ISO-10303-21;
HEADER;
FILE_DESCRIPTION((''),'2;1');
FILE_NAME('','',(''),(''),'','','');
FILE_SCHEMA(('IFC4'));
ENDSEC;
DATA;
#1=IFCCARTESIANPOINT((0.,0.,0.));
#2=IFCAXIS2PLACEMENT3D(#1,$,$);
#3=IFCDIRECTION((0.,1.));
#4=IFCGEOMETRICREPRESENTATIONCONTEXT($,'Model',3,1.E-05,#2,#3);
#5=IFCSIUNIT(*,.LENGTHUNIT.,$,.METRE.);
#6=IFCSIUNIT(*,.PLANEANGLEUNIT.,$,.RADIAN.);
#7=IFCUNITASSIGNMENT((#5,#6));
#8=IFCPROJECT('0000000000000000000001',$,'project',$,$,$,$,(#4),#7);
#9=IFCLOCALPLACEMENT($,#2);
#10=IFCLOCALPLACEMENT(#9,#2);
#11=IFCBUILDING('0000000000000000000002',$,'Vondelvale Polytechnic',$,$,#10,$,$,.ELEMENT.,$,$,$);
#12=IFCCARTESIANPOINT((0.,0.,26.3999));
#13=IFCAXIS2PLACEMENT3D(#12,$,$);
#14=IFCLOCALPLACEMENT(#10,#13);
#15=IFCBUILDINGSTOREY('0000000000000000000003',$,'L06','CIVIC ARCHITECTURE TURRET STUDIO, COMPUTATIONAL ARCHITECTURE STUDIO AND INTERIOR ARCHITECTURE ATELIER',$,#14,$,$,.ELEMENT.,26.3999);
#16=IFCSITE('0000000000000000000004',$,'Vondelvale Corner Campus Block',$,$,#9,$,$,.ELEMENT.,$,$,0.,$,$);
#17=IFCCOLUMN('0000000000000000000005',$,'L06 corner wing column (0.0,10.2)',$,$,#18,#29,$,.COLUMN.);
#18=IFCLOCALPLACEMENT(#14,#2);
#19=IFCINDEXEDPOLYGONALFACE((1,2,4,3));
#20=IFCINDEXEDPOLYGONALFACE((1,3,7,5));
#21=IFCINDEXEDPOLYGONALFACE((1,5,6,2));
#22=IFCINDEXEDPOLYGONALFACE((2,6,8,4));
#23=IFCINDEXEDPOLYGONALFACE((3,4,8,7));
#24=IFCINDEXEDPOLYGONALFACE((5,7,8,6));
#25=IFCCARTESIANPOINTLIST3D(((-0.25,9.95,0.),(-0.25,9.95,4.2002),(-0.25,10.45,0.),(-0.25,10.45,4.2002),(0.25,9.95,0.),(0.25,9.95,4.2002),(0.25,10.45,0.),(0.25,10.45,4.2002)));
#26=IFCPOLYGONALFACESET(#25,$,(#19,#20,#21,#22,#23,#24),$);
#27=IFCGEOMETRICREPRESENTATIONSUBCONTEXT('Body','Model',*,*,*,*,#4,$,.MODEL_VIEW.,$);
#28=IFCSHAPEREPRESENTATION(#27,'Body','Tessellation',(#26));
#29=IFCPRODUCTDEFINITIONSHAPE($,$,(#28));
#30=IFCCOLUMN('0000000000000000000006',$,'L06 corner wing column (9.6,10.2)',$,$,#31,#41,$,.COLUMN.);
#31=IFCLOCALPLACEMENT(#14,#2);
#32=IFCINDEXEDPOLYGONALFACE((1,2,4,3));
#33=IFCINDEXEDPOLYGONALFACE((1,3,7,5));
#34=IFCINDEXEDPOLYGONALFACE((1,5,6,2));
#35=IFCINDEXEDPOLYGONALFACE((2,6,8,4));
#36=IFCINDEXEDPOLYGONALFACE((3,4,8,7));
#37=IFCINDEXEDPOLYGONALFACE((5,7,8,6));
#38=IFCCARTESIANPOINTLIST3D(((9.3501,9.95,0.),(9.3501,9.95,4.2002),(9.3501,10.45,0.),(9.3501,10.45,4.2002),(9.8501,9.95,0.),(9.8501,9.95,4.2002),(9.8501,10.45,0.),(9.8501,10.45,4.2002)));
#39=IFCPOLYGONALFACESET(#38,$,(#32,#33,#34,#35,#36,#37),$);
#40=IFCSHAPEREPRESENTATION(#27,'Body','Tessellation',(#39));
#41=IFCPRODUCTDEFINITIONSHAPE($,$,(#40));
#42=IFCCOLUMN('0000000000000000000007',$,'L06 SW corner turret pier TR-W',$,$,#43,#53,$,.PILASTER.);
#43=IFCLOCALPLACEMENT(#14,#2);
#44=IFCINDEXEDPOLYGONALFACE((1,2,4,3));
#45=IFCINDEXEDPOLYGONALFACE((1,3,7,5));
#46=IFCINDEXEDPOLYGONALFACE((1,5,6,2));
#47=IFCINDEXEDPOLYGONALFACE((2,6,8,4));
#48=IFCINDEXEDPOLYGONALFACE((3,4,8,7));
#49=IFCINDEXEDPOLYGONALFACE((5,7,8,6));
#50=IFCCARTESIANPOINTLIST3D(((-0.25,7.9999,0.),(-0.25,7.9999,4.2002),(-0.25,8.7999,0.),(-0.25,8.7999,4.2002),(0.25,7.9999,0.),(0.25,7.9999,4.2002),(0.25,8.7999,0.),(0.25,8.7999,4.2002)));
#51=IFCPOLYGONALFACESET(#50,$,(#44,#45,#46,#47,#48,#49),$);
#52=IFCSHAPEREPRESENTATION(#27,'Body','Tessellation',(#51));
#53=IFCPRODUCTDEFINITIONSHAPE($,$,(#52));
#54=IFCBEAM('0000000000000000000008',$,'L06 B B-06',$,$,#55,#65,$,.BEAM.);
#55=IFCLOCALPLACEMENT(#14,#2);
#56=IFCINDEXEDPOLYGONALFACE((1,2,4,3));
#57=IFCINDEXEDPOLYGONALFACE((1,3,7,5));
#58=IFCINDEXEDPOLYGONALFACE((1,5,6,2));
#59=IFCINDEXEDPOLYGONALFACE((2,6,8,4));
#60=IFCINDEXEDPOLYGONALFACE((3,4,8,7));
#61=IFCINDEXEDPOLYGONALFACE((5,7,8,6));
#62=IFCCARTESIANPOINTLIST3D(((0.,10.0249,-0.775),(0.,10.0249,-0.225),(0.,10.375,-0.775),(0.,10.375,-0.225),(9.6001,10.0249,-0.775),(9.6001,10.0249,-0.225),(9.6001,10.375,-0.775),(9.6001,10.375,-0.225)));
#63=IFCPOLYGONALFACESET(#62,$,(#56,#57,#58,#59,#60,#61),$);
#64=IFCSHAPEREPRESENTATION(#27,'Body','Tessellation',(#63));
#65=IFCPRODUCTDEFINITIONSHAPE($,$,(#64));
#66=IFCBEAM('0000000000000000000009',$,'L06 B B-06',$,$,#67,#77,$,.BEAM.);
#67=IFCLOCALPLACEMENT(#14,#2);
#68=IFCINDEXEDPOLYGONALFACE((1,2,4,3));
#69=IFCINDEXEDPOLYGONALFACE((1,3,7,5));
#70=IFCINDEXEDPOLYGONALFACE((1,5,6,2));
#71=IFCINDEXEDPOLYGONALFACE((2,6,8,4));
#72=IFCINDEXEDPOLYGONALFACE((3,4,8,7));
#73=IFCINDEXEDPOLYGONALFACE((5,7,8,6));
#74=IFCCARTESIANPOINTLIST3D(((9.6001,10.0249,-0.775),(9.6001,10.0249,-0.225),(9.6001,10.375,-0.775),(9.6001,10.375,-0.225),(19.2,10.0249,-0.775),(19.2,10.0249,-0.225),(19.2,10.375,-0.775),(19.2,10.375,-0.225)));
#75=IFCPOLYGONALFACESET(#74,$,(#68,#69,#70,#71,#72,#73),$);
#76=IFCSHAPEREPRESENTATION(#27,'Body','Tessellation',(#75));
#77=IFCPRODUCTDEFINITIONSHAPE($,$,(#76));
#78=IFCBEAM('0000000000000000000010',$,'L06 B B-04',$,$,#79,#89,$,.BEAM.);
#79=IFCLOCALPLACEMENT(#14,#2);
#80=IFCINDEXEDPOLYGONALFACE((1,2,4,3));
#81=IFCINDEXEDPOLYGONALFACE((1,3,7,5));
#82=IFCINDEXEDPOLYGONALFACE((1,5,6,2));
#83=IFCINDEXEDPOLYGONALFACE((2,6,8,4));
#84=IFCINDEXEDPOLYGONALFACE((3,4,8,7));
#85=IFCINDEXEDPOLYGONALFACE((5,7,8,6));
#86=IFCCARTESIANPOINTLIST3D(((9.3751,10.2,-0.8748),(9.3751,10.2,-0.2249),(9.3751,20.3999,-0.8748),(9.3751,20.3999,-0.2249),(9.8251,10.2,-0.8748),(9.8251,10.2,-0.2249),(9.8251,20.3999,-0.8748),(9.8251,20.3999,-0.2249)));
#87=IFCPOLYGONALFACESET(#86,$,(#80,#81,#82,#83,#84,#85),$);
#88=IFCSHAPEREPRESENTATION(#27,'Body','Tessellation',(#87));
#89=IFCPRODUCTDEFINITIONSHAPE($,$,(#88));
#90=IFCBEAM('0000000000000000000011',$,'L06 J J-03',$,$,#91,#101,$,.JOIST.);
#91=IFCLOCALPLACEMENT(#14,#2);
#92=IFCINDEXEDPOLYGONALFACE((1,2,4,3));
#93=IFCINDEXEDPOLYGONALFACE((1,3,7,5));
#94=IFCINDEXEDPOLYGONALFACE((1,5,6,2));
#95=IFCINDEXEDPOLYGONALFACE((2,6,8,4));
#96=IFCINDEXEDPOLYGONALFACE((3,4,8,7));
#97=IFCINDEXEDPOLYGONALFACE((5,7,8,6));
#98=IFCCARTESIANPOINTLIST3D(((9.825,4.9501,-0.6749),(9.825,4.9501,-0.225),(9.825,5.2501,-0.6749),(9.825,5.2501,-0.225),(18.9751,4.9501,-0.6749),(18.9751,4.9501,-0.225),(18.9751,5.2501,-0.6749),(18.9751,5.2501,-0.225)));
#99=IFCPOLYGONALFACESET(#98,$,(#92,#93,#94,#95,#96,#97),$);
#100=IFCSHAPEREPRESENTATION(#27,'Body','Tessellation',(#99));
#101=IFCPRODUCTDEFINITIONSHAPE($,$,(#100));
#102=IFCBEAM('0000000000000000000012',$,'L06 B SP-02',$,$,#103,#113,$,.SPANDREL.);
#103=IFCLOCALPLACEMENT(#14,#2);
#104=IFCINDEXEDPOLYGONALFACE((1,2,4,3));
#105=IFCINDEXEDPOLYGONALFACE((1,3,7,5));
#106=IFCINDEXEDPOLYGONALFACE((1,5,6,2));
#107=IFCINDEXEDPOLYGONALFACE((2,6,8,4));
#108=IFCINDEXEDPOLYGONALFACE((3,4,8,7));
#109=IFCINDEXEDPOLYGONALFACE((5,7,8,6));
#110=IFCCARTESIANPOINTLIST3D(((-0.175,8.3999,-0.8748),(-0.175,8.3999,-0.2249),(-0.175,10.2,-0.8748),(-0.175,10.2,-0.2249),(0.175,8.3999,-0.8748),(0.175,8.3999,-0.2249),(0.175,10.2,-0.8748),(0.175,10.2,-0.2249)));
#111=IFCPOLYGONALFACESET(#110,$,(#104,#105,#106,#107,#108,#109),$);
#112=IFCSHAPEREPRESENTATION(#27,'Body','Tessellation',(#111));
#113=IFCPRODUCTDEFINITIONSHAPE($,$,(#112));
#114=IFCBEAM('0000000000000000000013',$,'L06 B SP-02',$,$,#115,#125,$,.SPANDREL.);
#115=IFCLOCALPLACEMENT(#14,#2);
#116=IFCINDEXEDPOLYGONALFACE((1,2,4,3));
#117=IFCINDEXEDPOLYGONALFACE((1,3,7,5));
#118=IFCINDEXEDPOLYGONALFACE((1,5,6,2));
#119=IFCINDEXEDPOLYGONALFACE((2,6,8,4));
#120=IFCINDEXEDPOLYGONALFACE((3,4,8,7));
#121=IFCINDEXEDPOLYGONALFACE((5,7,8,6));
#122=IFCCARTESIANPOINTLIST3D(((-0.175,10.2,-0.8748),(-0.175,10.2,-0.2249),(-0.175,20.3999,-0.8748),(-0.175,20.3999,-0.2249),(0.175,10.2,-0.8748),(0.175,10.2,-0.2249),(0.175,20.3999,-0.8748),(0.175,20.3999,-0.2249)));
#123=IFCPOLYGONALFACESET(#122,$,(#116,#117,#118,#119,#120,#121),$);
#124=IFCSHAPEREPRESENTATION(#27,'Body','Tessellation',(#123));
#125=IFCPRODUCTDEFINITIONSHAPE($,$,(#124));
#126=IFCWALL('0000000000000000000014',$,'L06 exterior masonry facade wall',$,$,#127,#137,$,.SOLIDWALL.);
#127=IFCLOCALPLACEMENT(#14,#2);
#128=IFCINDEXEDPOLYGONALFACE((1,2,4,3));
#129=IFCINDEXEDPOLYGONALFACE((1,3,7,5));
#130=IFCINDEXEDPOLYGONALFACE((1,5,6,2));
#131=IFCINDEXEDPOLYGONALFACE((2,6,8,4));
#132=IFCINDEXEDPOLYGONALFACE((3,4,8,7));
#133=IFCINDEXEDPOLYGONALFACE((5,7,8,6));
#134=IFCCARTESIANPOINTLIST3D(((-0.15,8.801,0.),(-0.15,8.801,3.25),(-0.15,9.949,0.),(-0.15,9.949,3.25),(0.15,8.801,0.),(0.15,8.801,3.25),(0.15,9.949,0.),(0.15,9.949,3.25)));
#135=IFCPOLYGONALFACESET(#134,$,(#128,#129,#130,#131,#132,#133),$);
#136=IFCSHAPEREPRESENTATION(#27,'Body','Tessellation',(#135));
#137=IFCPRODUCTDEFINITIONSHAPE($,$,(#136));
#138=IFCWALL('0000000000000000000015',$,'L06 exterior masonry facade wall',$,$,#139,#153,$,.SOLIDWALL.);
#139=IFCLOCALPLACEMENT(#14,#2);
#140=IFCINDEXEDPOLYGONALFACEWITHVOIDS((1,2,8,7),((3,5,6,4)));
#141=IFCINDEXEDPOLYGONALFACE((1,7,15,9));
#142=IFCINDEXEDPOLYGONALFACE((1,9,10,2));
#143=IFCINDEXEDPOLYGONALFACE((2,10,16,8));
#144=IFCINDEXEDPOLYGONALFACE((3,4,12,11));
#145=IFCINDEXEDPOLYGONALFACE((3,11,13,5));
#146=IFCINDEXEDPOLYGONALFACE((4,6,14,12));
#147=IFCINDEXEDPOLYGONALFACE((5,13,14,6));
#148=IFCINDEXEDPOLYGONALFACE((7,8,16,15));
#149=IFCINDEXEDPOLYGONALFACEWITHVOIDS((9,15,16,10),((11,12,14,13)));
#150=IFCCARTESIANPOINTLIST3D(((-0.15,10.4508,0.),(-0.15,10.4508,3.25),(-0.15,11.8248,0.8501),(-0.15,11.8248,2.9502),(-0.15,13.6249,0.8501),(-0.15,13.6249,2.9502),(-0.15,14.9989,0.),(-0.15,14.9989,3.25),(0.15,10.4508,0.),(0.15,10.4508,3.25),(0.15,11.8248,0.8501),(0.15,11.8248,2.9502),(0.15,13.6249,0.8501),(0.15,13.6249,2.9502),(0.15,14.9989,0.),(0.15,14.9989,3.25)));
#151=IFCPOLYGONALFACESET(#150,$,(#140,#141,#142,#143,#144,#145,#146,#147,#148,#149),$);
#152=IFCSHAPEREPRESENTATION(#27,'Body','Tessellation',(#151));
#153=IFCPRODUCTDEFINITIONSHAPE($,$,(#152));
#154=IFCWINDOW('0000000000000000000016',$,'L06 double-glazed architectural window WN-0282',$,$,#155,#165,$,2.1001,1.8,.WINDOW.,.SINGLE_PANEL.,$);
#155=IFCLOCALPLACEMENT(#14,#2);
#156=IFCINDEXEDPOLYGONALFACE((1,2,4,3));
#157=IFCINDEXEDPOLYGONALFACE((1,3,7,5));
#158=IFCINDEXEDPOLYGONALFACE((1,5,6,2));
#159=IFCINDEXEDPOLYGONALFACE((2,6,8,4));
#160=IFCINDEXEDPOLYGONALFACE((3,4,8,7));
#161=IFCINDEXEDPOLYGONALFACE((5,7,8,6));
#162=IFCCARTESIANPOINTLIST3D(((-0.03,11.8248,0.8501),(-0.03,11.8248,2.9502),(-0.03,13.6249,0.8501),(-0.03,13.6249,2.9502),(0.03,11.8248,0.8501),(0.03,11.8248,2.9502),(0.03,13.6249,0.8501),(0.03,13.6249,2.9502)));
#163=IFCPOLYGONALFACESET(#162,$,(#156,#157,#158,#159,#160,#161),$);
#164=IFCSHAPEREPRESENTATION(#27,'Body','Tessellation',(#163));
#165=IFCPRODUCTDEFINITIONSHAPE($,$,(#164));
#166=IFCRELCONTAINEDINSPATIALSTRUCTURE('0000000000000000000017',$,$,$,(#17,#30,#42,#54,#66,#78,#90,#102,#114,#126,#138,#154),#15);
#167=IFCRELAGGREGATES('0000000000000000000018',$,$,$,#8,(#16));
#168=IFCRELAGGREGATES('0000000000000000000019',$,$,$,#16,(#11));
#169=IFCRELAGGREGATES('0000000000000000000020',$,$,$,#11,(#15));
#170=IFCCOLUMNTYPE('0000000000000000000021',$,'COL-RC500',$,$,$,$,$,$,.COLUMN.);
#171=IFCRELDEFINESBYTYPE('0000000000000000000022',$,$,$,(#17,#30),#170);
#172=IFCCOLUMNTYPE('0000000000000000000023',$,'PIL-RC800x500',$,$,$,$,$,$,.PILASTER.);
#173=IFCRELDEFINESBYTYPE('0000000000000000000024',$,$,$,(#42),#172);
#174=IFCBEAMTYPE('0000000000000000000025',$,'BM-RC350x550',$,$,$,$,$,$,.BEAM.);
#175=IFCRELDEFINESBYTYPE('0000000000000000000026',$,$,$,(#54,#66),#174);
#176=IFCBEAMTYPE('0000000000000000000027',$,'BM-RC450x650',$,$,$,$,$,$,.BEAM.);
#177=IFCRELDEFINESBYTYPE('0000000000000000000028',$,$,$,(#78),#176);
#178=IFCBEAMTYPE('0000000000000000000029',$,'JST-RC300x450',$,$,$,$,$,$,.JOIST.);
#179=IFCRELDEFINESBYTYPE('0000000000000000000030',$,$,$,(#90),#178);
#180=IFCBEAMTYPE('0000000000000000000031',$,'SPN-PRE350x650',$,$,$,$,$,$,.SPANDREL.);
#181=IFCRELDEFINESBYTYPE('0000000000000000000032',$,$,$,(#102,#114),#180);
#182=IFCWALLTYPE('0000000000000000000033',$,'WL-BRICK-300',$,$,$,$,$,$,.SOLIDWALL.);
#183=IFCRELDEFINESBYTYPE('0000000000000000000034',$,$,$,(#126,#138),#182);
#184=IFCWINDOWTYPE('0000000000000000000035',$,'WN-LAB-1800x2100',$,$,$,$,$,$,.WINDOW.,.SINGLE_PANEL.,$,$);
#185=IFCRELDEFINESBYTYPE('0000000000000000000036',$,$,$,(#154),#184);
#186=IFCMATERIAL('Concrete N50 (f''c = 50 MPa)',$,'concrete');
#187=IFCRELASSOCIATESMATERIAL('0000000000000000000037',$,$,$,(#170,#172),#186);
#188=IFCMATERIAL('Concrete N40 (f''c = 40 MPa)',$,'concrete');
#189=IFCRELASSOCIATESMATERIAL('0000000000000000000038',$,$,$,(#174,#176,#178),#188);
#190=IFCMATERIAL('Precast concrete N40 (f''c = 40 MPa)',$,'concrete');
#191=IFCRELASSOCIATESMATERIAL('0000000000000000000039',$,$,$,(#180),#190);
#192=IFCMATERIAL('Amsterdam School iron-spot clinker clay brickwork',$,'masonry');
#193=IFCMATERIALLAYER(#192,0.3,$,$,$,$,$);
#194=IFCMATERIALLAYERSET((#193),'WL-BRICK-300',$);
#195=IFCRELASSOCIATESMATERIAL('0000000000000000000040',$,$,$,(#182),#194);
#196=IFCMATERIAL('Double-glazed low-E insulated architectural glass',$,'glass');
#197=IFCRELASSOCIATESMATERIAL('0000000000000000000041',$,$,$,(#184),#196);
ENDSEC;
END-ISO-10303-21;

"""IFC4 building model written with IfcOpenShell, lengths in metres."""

from ifc_helpers import new_model, si_unit, direction, frame, frame_2d, origin, origin_2d, place, context, subcontext, project, spatial, rectangle, extrude, material, layer, layer_set, material_profile, profile_set, type_object, element, fill, save


model = new_model("IFC4")

# Units and contexts
model_context = context("Model", 3, precision=1e-05, world=origin(), true_north=direction((0.0, 1.0)))
body_context = subcontext(model_context, "Body", "Model", "MODEL_VIEW")
ifc_project = project(units=[si_unit("LENGTHUNIT", "METRE"), si_unit("PLANEANGLEUNIT", "RADIAN")], contexts=[model_context])

# Site, building, storey
site_placement = place(None, origin())
site = spatial("IfcSite", under=ifc_project, at=site_placement, Name="Vondelvale Corner Campus Block", CompositionType="ELEMENT", RefElevation=0.0)
building_placement = place(site_placement, origin())
building = spatial("IfcBuilding", under=site, at=building_placement, Name="Vondelvale Polytechnic", CompositionType="ELEMENT")
storey_placement = place(building_placement, frame((0.0, 0.0, 26.3999)))
storey = spatial("IfcBuildingStorey", under=building, at=storey_placement, Name="L06", Description="CIVIC ARCHITECTURE TURRET STUDIO, COMPUTATIONAL ARCHITECTURE STUDIO AND INTERIOR ARCHITECTURE ATELIER", CompositionType="ELEMENT", Elevation=26.3999)

# Columns
ifc_material_1 = material(Name="Concrete N50 (f'c = 50 MPa)", Category="concrete")
ifc_material_profile_1 = material_profile(ifc_material_1, rectangle(XDim=0.5, YDim=0.5, at=origin_2d()), Name="RC-COL-500x500")
ifc_profile_set_1 = profile_set([ifc_material_profile_1], Name="Concrete N50 (f'c = 50 MPa)")
column_type_1 = type_object("IfcColumnType", Name="COL-RC500", PredefinedType="COLUMN", material=ifc_profile_set_1)
for number, where, z_axis, x_axis, name in (
    (1, (0.0, 10.2, 0.0), (0.0, 0.0, 1.0), (1.0, 0.0, 0.0), "L06 corner wing column (0.0,10.2)"),
    (2, (9.6001, 10.2, 0.0), (0.0, 0.0, 1.0), (1.0, 0.0, 0.0), "L06 corner wing column (9.6,10.2)"),
):
    element("IfcColumn", number, at=place(storey_placement, frame(where, z_axis=z_axis, x_axis=x_axis)), inside=storey, type_object=column_type_1, Name=name, PredefinedType="COLUMN", context=body_context, shape_type="SweptSolid", body=[
        extrude(rectangle(XDim=0.5, YDim=0.5, at=origin_2d()), origin(), (0.0, 0.0, 1.0), 4.2002),
    ])
ifc_material_profile_2 = material_profile(ifc_material_1, rectangle(XDim=0.5, YDim=0.8, at=origin_2d()), Name="RC-PIL-800x500")
ifc_profile_set_2 = profile_set([ifc_material_profile_2], Name="Concrete N50 (f'c = 50 MPa)")
column_type_2 = type_object("IfcColumnType", Name="PIL-RC800x500", PredefinedType="PILASTER", material=ifc_profile_set_2)
column_placement = place(storey_placement, frame((0.0, 8.3999, 0.0), z_axis=(0.0, 0.0, 1.0), x_axis=(1.0, 0.0, 0.0)))
element("IfcColumn", 3, at=column_placement, inside=storey, type_object=column_type_2, Name="L06 SW corner turret pier TR-W", PredefinedType="PILASTER", context=body_context, shape_type="SweptSolid", body=[
    extrude(rectangle(XDim=0.5, YDim=0.8, at=origin_2d()), origin(), (0.0, 0.0, 1.0), 4.2002),
])

# Beams
ifc_material_2 = material(Name="Concrete N40 (f'c = 40 MPa)", Category="concrete")
ifc_material_profile_3 = material_profile(ifc_material_2, rectangle(XDim=0.3501, YDim=0.55, at=origin_2d()), Name="RC-BM-350x550")
ifc_profile_set_3 = profile_set([ifc_material_profile_3], Name="Concrete N40 (f'c = 40 MPa)")
beam_type_1 = type_object("IfcBeamType", Name="BM-RC350x550", PredefinedType="BEAM", material=ifc_profile_set_3)
beam_1_placement = place(storey_placement, frame((0.0, 10.2, -0.5), z_axis=(1.0, 0.0, 0.0), x_axis=(0.0, 1.0, 0.0)))
element("IfcBeam", 4, at=beam_1_placement, inside=storey, type_object=beam_type_1, Name="L06 B B-06", PredefinedType="BEAM", context=body_context, shape_type="SweptSolid", body=[
    extrude(rectangle(XDim=0.3501, YDim=0.55, at=origin_2d()), origin(), (0.0, 0.0, 1.0), 9.6001),
])
beam_2_placement = place(storey_placement, frame((9.6001, 10.2, -0.5), z_axis=(1.0, 0.0, 0.0), x_axis=(0.0, 1.0, 0.0)))
element("IfcBeam", 5, at=beam_2_placement, inside=storey, type_object=beam_type_1, Name="L06 B B-06", PredefinedType="BEAM", context=body_context, shape_type="SweptSolid", body=[
    extrude(rectangle(XDim=0.3501, YDim=0.55, at=origin_2d()), origin(), (0.0, 0.0, 1.0), 9.5999),
])
ifc_material_profile_4 = material_profile(ifc_material_2, rectangle(XDim=0.45, YDim=0.6499, at=origin_2d()), Name="RC-BM-450x650")
ifc_profile_set_4 = profile_set([ifc_material_profile_4], Name="Concrete N40 (f'c = 40 MPa)")
beam_type_2 = type_object("IfcBeamType", Name="BM-RC450x650", PredefinedType="BEAM", material=ifc_profile_set_4)
beam_3_placement = place(storey_placement, frame((9.6001, 10.2, -0.5498), z_axis=(0.0, 1.0, 0.0), x_axis=(-1.0, 0.0, 0.0)))
element("IfcBeam", 6, at=beam_3_placement, inside=storey, type_object=beam_type_2, Name="L06 B B-04", PredefinedType="BEAM", context=body_context, shape_type="SweptSolid", body=[
    extrude(rectangle(XDim=0.45, YDim=0.6499, at=origin_2d()), origin(), (0.0, 0.0, 1.0), 10.2),
])
ifc_material_profile_5 = material_profile(ifc_material_2, rectangle(XDim=0.3, YDim=0.45, at=origin_2d()), Name="RC-JST-300x450")
ifc_profile_set_5 = profile_set([ifc_material_profile_5], Name="Concrete N40 (f'c = 40 MPa)")
beam_type_3 = type_object("IfcBeamType", Name="JST-RC300x450", PredefinedType="JOIST", material=ifc_profile_set_5)
beam_4_placement = place(storey_placement, frame((9.825, 5.1001, -0.45), z_axis=(1.0, 0.0, 0.0), x_axis=(0.0, 1.0, 0.0)))
element("IfcBeam", 7, at=beam_4_placement, inside=storey, type_object=beam_type_3, Name="L06 J J-03", PredefinedType="JOIST", context=body_context, shape_type="SweptSolid", body=[
    extrude(rectangle(XDim=0.3, YDim=0.45, at=origin_2d()), origin(), (0.0, 0.0, 1.0), 9.1501),
])
ifc_material_3 = material(Name="Precast concrete N40 (f'c = 40 MPa)", Category="concrete")
ifc_material_profile_6 = material_profile(ifc_material_3, rectangle(XDim=0.3501, YDim=0.6499, at=origin_2d()), Name="RC-SPN-350x650")
ifc_profile_set_6 = profile_set([ifc_material_profile_6], Name="Precast concrete N40 (f'c = 40 MPa)")
beam_type_4 = type_object("IfcBeamType", Name="SPN-PRE350x650", PredefinedType="SPANDREL", material=ifc_profile_set_6)
beam_5_placement = place(storey_placement, frame((0.0, 8.3999, -0.5498), z_axis=(0.0, 1.0, 0.0), x_axis=(-1.0, 0.0, 0.0)))
element("IfcBeam", 8, at=beam_5_placement, inside=storey, type_object=beam_type_4, Name="L06 B SP-02", PredefinedType="SPANDREL", context=body_context, shape_type="SweptSolid", body=[
    extrude(rectangle(XDim=0.3501, YDim=0.6499, at=origin_2d()), origin(), (0.0, 0.0, 1.0), 1.8),
])
beam_6_placement = place(storey_placement, frame((0.0, 10.2, -0.5498), z_axis=(0.0, 1.0, 0.0), x_axis=(-1.0, 0.0, 0.0)))
element("IfcBeam", 9, at=beam_6_placement, inside=storey, type_object=beam_type_4, Name="L06 B SP-02", PredefinedType="SPANDREL", context=body_context, shape_type="SweptSolid", body=[
    extrude(rectangle(XDim=0.3501, YDim=0.6499, at=origin_2d()), origin(), (0.0, 0.0, 1.0), 10.2),
])

# Wall
ifc_material_4 = material(Name="Amsterdam School iron-spot clinker clay brickwork", Category="masonry")
ifc_layer_1 = layer(ifc_material_4, 0.3)
ifc_layer_set_1 = layer_set([ifc_layer_1], Name="WL-BRICK-300")
wall_type_1 = type_object("IfcWallType", Name="WL-BRICK-300", PredefinedType="SOLIDWALL", material=ifc_layer_set_1)
wall_1_placement = place(storey_placement, frame((0.0, 8.801, 0.0), z_axis=(0.0, 0.0, 1.0), x_axis=(0.0, 1.0, 0.0)))
element("IfcWall", 10, at=wall_1_placement, inside=storey, type_object=wall_type_1, Name="L06 exterior masonry facade wall", PredefinedType="SOLIDWALL", context=body_context, shape_type="SweptSolid", body=[
    extrude(rectangle(XDim=1.1479, YDim=0.3, at=frame_2d((0.574, 0.0))), origin(), (0.0, 0.0, 1.0), 3.25),
])

# Wall, opening, window
wall_2_placement = place(storey_placement, frame((0.0, 10.4509, 0.0), z_axis=(0.0, 0.0, 1.0), x_axis=(0.0, 1.0, 0.0)))
wall_2 = element("IfcWall", 11, at=wall_2_placement, inside=storey, type_object=wall_type_1, Name="L06 exterior masonry facade wall", PredefinedType="SOLIDWALL", context=body_context, shape_type="SweptSolid", body=[
    extrude(rectangle(XDim=4.5481, YDim=0.3, at=frame_2d((2.2739, 0.0))), origin(), (0.0, 0.0, 1.0), 3.25),
])
opening_1_placement = place(wall_2_placement, frame((1.374, 0.0, 0.8501)))
opening_1 = element("IfcOpeningElement", 12, at=opening_1_placement, cuts=wall_2, PredefinedType="OPENING", context=body_context, shape_type="SweptSolid", body=[
    extrude(rectangle(XDim=1.8, YDim=2.1001, at=frame_2d((0.8999, 1.05))), frame((0.0, 0.1599, 0.0), z_axis=(0.0, -1.0, 0.0), x_axis=(1.0, 0.0, 0.0)), (0.0, 0.0, 1.0), 0.3201),
])
ifc_material_5 = material(Name="Double-glazed low-E insulated architectural glass", Category="glass")
window_type_1 = type_object("IfcWindowType", Name="WN-LAB-1800x2100", PartitioningType="SINGLE_PANEL", PredefinedType="WINDOW", material=ifc_material_5)
window_1_placement = place(opening_1_placement, origin())
window_1 = element("IfcWindow", 13, at=window_1_placement, inside=storey, type_object=window_type_1, Name="L06 double-glazed architectural window WN-0282", OverallHeight=2.1001, OverallWidth=1.8, PartitioningType="SINGLE_PANEL", PredefinedType="WINDOW", context=body_context, shape_type="SweptSolid", body=[
    extrude(rectangle(XDim=1.8, YDim=2.1001, at=frame_2d((0.8999, 1.05))), frame((0.0, 0.03, 0.0), z_axis=(0.0, -1.0, 0.0), x_axis=(1.0, 0.0, 0.0)), (0.0, 0.0, 1.0), 0.0601),
])
fill(opening_1, window_1)

save(model, "model.ifc")
